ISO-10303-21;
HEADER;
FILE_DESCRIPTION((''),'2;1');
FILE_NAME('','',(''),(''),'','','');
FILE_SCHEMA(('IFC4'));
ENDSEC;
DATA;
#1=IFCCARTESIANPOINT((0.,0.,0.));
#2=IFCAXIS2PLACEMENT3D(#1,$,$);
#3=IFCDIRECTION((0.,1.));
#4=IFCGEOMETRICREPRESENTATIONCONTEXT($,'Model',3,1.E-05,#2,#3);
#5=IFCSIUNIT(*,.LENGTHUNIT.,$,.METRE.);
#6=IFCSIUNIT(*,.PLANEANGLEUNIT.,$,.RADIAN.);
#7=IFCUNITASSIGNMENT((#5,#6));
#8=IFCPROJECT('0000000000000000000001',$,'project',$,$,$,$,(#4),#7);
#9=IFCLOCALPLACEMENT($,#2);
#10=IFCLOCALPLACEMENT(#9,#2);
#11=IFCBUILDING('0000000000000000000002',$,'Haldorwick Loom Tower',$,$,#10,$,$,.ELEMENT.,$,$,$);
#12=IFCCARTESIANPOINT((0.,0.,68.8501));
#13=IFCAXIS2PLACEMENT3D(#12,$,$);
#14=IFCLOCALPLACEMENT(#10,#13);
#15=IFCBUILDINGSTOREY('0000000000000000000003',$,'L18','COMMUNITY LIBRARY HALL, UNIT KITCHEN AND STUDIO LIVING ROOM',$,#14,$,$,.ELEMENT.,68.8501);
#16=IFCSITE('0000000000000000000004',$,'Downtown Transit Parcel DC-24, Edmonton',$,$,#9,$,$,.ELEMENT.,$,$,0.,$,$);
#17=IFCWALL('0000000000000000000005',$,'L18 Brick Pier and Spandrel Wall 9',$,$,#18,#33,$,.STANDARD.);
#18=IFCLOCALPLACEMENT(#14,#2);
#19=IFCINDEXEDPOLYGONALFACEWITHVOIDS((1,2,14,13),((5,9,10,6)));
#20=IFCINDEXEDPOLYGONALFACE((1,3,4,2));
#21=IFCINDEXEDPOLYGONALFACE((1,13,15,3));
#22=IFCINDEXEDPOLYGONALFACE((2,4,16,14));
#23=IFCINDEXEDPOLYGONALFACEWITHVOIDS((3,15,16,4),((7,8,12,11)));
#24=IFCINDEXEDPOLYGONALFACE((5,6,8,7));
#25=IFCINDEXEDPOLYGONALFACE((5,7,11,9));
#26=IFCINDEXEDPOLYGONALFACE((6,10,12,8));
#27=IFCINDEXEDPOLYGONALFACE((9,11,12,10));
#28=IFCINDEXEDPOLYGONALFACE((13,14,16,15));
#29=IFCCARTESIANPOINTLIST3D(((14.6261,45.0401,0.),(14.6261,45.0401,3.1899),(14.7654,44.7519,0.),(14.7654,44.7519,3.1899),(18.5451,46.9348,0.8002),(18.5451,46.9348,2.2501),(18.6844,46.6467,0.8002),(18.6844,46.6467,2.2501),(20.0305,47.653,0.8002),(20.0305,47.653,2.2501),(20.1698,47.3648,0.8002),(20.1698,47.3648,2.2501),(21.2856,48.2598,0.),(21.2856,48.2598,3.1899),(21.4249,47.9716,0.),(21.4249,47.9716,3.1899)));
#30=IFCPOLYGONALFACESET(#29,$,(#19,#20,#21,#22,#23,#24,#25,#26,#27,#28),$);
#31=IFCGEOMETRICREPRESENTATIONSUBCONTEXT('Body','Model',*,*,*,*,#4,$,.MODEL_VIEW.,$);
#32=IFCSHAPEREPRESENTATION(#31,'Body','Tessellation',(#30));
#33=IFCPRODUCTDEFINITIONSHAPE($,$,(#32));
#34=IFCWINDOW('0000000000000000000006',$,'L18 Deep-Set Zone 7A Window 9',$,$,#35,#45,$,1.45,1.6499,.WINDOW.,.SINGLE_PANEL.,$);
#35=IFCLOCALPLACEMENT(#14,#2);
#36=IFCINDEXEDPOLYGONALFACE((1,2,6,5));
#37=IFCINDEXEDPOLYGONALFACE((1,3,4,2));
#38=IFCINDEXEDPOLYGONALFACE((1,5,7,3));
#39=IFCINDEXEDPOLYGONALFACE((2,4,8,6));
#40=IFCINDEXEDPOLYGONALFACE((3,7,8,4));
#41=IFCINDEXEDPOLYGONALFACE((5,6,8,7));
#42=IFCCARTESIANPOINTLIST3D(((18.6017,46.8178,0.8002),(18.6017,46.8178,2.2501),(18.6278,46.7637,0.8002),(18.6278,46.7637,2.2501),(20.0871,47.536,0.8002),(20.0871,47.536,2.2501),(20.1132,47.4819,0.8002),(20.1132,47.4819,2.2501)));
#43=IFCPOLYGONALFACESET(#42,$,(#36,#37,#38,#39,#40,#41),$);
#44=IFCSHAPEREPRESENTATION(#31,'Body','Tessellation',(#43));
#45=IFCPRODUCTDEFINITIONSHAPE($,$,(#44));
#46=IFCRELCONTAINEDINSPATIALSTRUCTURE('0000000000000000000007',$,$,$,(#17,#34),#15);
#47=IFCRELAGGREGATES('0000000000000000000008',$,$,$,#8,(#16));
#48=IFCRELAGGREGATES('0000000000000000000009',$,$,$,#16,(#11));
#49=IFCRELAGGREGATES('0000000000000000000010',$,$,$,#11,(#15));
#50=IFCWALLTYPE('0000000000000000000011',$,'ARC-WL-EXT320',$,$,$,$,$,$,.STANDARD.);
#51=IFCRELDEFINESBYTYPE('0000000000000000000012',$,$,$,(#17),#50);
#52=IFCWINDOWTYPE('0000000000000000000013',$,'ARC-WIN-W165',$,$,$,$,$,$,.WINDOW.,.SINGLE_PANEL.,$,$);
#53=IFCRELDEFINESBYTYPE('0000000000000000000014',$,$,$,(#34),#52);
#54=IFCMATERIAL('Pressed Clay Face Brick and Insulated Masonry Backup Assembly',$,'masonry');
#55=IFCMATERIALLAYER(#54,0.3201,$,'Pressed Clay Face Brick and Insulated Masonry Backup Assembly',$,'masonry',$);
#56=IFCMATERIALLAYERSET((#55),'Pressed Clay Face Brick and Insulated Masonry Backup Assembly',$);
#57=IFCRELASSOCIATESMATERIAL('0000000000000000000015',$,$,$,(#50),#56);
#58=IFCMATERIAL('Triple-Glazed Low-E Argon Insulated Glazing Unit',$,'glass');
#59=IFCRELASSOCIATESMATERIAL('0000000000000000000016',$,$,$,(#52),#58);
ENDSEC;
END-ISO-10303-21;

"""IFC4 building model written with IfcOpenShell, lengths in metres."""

from ifc_helpers import new_model, si_unit, direction, frame, frame_2d, origin, place, context, subcontext, project, spatial, rectangle, extrude, material, layer, layer_set, type_object, element, fill, save


model = new_model("IFC4")

# Units and contexts
model_context = context("Model", 3, precision=1e-05, world=origin(), true_north=direction((0.0, 1.0)))
body_context = subcontext(model_context, "Body", "Model", "MODEL_VIEW")
ifc_project = project(units=[si_unit("LENGTHUNIT", "METRE"), si_unit("PLANEANGLEUNIT", "RADIAN")], contexts=[model_context])

# Site, building, storey
site_placement = place(None, origin())
site = spatial("IfcSite", under=ifc_project, at=site_placement, Name="Downtown Transit Parcel DC-24, Edmonton", CompositionType="ELEMENT", RefElevation=0.0)
building_placement = place(site_placement, origin())
building = spatial("IfcBuilding", under=site, at=building_placement, Name="Haldorwick Loom Tower", CompositionType="ELEMENT")
storey_placement = place(building_placement, frame((0.0, 0.0, 68.8501)))
storey = spatial("IfcBuildingStorey", under=building, at=storey_placement, Name="L18", Description="COMMUNITY LIBRARY HALL, UNIT KITCHEN AND STUDIO LIVING ROOM", CompositionType="ELEMENT", Elevation=68.8501)

# Wall, opening, window
ifc_material_1 = material(Name="Pressed Clay Face Brick and Insulated Masonry Backup Assembly", Category="masonry")
ifc_layer_1 = layer(ifc_material_1, 0.3201, Name="Pressed Clay Face Brick and Insulated Masonry Backup Assembly", Category="masonry")
ifc_layer_set_1 = layer_set([ifc_layer_1], Name="Pressed Clay Face Brick and Insulated Masonry Backup Assembly")
wall_type_1 = type_object("IfcWallType", Name="ARC-WL-EXT320", PredefinedType="STANDARD", material=ifc_layer_set_1)
wall_1_placement = place(storey_placement, frame((21.3552, 48.1157, 0.0), z_axis=(0.0, 0.0, 1.0), x_axis=(-0.900296, -0.435279, 0.0)))
wall_1 = element("IfcWall", 1, at=wall_1_placement, inside=storey, type_object=wall_type_1, Name="L18 Brick Pier and Spandrel Wall 9", PredefinedType="STANDARD", context=body_context, shape_type="SweptSolid", body=[
    extrude(rectangle(XDim=7.397, YDim=0.3201, at=frame_2d((3.6985, 0.0))), origin(), (0.0, 0.0, 1.0), 3.1899),
])
opening_1_placement = place(wall_1_placement, frame((1.394, 0.0, 0.8)))
opening_1 = element("IfcOpeningElement", 2, at=opening_1_placement, cuts=wall_1, PredefinedType="OPENING", context=body_context, shape_type="SweptSolid", body=[
    extrude(rectangle(XDim=1.6499, YDim=1.45, at=frame_2d((0.825, 0.7251))), frame((0.0, 0.1699, 0.0), z_axis=(0.0, -1.0, 0.0), x_axis=(1.0, 0.0, 0.0)), (0.0, 0.0, 1.0), 0.3401),
])
ifc_material_2 = material(Name="Triple-Glazed Low-E Argon Insulated Glazing Unit", Category="glass")
window_type = type_object("IfcWindowType", Name="ARC-WIN-W165", PartitioningType="SINGLE_PANEL", PredefinedType="WINDOW", material=ifc_material_2)
window_placement = place(opening_1_placement, origin())
window = element("IfcWindow", 3, at=window_placement, inside=storey, type_object=window_type, Name="L18 Deep-Set Zone 7A Window 9", OverallHeight=1.45, OverallWidth=1.6499, PartitioningType="SINGLE_PANEL", PredefinedType="WINDOW", context=body_context, shape_type="SweptSolid", body=[
    extrude(rectangle(XDim=1.6499, YDim=1.45, at=frame_2d((0.825, 0.7251))), frame((0.0, 0.03, 0.0), z_axis=(0.0, -1.0, 0.0), x_axis=(1.0, 0.0, 0.0)), (0.0, 0.0, 1.0), 0.0601),
])
fill(opening_1, window)

save(model, "model.ifc")
